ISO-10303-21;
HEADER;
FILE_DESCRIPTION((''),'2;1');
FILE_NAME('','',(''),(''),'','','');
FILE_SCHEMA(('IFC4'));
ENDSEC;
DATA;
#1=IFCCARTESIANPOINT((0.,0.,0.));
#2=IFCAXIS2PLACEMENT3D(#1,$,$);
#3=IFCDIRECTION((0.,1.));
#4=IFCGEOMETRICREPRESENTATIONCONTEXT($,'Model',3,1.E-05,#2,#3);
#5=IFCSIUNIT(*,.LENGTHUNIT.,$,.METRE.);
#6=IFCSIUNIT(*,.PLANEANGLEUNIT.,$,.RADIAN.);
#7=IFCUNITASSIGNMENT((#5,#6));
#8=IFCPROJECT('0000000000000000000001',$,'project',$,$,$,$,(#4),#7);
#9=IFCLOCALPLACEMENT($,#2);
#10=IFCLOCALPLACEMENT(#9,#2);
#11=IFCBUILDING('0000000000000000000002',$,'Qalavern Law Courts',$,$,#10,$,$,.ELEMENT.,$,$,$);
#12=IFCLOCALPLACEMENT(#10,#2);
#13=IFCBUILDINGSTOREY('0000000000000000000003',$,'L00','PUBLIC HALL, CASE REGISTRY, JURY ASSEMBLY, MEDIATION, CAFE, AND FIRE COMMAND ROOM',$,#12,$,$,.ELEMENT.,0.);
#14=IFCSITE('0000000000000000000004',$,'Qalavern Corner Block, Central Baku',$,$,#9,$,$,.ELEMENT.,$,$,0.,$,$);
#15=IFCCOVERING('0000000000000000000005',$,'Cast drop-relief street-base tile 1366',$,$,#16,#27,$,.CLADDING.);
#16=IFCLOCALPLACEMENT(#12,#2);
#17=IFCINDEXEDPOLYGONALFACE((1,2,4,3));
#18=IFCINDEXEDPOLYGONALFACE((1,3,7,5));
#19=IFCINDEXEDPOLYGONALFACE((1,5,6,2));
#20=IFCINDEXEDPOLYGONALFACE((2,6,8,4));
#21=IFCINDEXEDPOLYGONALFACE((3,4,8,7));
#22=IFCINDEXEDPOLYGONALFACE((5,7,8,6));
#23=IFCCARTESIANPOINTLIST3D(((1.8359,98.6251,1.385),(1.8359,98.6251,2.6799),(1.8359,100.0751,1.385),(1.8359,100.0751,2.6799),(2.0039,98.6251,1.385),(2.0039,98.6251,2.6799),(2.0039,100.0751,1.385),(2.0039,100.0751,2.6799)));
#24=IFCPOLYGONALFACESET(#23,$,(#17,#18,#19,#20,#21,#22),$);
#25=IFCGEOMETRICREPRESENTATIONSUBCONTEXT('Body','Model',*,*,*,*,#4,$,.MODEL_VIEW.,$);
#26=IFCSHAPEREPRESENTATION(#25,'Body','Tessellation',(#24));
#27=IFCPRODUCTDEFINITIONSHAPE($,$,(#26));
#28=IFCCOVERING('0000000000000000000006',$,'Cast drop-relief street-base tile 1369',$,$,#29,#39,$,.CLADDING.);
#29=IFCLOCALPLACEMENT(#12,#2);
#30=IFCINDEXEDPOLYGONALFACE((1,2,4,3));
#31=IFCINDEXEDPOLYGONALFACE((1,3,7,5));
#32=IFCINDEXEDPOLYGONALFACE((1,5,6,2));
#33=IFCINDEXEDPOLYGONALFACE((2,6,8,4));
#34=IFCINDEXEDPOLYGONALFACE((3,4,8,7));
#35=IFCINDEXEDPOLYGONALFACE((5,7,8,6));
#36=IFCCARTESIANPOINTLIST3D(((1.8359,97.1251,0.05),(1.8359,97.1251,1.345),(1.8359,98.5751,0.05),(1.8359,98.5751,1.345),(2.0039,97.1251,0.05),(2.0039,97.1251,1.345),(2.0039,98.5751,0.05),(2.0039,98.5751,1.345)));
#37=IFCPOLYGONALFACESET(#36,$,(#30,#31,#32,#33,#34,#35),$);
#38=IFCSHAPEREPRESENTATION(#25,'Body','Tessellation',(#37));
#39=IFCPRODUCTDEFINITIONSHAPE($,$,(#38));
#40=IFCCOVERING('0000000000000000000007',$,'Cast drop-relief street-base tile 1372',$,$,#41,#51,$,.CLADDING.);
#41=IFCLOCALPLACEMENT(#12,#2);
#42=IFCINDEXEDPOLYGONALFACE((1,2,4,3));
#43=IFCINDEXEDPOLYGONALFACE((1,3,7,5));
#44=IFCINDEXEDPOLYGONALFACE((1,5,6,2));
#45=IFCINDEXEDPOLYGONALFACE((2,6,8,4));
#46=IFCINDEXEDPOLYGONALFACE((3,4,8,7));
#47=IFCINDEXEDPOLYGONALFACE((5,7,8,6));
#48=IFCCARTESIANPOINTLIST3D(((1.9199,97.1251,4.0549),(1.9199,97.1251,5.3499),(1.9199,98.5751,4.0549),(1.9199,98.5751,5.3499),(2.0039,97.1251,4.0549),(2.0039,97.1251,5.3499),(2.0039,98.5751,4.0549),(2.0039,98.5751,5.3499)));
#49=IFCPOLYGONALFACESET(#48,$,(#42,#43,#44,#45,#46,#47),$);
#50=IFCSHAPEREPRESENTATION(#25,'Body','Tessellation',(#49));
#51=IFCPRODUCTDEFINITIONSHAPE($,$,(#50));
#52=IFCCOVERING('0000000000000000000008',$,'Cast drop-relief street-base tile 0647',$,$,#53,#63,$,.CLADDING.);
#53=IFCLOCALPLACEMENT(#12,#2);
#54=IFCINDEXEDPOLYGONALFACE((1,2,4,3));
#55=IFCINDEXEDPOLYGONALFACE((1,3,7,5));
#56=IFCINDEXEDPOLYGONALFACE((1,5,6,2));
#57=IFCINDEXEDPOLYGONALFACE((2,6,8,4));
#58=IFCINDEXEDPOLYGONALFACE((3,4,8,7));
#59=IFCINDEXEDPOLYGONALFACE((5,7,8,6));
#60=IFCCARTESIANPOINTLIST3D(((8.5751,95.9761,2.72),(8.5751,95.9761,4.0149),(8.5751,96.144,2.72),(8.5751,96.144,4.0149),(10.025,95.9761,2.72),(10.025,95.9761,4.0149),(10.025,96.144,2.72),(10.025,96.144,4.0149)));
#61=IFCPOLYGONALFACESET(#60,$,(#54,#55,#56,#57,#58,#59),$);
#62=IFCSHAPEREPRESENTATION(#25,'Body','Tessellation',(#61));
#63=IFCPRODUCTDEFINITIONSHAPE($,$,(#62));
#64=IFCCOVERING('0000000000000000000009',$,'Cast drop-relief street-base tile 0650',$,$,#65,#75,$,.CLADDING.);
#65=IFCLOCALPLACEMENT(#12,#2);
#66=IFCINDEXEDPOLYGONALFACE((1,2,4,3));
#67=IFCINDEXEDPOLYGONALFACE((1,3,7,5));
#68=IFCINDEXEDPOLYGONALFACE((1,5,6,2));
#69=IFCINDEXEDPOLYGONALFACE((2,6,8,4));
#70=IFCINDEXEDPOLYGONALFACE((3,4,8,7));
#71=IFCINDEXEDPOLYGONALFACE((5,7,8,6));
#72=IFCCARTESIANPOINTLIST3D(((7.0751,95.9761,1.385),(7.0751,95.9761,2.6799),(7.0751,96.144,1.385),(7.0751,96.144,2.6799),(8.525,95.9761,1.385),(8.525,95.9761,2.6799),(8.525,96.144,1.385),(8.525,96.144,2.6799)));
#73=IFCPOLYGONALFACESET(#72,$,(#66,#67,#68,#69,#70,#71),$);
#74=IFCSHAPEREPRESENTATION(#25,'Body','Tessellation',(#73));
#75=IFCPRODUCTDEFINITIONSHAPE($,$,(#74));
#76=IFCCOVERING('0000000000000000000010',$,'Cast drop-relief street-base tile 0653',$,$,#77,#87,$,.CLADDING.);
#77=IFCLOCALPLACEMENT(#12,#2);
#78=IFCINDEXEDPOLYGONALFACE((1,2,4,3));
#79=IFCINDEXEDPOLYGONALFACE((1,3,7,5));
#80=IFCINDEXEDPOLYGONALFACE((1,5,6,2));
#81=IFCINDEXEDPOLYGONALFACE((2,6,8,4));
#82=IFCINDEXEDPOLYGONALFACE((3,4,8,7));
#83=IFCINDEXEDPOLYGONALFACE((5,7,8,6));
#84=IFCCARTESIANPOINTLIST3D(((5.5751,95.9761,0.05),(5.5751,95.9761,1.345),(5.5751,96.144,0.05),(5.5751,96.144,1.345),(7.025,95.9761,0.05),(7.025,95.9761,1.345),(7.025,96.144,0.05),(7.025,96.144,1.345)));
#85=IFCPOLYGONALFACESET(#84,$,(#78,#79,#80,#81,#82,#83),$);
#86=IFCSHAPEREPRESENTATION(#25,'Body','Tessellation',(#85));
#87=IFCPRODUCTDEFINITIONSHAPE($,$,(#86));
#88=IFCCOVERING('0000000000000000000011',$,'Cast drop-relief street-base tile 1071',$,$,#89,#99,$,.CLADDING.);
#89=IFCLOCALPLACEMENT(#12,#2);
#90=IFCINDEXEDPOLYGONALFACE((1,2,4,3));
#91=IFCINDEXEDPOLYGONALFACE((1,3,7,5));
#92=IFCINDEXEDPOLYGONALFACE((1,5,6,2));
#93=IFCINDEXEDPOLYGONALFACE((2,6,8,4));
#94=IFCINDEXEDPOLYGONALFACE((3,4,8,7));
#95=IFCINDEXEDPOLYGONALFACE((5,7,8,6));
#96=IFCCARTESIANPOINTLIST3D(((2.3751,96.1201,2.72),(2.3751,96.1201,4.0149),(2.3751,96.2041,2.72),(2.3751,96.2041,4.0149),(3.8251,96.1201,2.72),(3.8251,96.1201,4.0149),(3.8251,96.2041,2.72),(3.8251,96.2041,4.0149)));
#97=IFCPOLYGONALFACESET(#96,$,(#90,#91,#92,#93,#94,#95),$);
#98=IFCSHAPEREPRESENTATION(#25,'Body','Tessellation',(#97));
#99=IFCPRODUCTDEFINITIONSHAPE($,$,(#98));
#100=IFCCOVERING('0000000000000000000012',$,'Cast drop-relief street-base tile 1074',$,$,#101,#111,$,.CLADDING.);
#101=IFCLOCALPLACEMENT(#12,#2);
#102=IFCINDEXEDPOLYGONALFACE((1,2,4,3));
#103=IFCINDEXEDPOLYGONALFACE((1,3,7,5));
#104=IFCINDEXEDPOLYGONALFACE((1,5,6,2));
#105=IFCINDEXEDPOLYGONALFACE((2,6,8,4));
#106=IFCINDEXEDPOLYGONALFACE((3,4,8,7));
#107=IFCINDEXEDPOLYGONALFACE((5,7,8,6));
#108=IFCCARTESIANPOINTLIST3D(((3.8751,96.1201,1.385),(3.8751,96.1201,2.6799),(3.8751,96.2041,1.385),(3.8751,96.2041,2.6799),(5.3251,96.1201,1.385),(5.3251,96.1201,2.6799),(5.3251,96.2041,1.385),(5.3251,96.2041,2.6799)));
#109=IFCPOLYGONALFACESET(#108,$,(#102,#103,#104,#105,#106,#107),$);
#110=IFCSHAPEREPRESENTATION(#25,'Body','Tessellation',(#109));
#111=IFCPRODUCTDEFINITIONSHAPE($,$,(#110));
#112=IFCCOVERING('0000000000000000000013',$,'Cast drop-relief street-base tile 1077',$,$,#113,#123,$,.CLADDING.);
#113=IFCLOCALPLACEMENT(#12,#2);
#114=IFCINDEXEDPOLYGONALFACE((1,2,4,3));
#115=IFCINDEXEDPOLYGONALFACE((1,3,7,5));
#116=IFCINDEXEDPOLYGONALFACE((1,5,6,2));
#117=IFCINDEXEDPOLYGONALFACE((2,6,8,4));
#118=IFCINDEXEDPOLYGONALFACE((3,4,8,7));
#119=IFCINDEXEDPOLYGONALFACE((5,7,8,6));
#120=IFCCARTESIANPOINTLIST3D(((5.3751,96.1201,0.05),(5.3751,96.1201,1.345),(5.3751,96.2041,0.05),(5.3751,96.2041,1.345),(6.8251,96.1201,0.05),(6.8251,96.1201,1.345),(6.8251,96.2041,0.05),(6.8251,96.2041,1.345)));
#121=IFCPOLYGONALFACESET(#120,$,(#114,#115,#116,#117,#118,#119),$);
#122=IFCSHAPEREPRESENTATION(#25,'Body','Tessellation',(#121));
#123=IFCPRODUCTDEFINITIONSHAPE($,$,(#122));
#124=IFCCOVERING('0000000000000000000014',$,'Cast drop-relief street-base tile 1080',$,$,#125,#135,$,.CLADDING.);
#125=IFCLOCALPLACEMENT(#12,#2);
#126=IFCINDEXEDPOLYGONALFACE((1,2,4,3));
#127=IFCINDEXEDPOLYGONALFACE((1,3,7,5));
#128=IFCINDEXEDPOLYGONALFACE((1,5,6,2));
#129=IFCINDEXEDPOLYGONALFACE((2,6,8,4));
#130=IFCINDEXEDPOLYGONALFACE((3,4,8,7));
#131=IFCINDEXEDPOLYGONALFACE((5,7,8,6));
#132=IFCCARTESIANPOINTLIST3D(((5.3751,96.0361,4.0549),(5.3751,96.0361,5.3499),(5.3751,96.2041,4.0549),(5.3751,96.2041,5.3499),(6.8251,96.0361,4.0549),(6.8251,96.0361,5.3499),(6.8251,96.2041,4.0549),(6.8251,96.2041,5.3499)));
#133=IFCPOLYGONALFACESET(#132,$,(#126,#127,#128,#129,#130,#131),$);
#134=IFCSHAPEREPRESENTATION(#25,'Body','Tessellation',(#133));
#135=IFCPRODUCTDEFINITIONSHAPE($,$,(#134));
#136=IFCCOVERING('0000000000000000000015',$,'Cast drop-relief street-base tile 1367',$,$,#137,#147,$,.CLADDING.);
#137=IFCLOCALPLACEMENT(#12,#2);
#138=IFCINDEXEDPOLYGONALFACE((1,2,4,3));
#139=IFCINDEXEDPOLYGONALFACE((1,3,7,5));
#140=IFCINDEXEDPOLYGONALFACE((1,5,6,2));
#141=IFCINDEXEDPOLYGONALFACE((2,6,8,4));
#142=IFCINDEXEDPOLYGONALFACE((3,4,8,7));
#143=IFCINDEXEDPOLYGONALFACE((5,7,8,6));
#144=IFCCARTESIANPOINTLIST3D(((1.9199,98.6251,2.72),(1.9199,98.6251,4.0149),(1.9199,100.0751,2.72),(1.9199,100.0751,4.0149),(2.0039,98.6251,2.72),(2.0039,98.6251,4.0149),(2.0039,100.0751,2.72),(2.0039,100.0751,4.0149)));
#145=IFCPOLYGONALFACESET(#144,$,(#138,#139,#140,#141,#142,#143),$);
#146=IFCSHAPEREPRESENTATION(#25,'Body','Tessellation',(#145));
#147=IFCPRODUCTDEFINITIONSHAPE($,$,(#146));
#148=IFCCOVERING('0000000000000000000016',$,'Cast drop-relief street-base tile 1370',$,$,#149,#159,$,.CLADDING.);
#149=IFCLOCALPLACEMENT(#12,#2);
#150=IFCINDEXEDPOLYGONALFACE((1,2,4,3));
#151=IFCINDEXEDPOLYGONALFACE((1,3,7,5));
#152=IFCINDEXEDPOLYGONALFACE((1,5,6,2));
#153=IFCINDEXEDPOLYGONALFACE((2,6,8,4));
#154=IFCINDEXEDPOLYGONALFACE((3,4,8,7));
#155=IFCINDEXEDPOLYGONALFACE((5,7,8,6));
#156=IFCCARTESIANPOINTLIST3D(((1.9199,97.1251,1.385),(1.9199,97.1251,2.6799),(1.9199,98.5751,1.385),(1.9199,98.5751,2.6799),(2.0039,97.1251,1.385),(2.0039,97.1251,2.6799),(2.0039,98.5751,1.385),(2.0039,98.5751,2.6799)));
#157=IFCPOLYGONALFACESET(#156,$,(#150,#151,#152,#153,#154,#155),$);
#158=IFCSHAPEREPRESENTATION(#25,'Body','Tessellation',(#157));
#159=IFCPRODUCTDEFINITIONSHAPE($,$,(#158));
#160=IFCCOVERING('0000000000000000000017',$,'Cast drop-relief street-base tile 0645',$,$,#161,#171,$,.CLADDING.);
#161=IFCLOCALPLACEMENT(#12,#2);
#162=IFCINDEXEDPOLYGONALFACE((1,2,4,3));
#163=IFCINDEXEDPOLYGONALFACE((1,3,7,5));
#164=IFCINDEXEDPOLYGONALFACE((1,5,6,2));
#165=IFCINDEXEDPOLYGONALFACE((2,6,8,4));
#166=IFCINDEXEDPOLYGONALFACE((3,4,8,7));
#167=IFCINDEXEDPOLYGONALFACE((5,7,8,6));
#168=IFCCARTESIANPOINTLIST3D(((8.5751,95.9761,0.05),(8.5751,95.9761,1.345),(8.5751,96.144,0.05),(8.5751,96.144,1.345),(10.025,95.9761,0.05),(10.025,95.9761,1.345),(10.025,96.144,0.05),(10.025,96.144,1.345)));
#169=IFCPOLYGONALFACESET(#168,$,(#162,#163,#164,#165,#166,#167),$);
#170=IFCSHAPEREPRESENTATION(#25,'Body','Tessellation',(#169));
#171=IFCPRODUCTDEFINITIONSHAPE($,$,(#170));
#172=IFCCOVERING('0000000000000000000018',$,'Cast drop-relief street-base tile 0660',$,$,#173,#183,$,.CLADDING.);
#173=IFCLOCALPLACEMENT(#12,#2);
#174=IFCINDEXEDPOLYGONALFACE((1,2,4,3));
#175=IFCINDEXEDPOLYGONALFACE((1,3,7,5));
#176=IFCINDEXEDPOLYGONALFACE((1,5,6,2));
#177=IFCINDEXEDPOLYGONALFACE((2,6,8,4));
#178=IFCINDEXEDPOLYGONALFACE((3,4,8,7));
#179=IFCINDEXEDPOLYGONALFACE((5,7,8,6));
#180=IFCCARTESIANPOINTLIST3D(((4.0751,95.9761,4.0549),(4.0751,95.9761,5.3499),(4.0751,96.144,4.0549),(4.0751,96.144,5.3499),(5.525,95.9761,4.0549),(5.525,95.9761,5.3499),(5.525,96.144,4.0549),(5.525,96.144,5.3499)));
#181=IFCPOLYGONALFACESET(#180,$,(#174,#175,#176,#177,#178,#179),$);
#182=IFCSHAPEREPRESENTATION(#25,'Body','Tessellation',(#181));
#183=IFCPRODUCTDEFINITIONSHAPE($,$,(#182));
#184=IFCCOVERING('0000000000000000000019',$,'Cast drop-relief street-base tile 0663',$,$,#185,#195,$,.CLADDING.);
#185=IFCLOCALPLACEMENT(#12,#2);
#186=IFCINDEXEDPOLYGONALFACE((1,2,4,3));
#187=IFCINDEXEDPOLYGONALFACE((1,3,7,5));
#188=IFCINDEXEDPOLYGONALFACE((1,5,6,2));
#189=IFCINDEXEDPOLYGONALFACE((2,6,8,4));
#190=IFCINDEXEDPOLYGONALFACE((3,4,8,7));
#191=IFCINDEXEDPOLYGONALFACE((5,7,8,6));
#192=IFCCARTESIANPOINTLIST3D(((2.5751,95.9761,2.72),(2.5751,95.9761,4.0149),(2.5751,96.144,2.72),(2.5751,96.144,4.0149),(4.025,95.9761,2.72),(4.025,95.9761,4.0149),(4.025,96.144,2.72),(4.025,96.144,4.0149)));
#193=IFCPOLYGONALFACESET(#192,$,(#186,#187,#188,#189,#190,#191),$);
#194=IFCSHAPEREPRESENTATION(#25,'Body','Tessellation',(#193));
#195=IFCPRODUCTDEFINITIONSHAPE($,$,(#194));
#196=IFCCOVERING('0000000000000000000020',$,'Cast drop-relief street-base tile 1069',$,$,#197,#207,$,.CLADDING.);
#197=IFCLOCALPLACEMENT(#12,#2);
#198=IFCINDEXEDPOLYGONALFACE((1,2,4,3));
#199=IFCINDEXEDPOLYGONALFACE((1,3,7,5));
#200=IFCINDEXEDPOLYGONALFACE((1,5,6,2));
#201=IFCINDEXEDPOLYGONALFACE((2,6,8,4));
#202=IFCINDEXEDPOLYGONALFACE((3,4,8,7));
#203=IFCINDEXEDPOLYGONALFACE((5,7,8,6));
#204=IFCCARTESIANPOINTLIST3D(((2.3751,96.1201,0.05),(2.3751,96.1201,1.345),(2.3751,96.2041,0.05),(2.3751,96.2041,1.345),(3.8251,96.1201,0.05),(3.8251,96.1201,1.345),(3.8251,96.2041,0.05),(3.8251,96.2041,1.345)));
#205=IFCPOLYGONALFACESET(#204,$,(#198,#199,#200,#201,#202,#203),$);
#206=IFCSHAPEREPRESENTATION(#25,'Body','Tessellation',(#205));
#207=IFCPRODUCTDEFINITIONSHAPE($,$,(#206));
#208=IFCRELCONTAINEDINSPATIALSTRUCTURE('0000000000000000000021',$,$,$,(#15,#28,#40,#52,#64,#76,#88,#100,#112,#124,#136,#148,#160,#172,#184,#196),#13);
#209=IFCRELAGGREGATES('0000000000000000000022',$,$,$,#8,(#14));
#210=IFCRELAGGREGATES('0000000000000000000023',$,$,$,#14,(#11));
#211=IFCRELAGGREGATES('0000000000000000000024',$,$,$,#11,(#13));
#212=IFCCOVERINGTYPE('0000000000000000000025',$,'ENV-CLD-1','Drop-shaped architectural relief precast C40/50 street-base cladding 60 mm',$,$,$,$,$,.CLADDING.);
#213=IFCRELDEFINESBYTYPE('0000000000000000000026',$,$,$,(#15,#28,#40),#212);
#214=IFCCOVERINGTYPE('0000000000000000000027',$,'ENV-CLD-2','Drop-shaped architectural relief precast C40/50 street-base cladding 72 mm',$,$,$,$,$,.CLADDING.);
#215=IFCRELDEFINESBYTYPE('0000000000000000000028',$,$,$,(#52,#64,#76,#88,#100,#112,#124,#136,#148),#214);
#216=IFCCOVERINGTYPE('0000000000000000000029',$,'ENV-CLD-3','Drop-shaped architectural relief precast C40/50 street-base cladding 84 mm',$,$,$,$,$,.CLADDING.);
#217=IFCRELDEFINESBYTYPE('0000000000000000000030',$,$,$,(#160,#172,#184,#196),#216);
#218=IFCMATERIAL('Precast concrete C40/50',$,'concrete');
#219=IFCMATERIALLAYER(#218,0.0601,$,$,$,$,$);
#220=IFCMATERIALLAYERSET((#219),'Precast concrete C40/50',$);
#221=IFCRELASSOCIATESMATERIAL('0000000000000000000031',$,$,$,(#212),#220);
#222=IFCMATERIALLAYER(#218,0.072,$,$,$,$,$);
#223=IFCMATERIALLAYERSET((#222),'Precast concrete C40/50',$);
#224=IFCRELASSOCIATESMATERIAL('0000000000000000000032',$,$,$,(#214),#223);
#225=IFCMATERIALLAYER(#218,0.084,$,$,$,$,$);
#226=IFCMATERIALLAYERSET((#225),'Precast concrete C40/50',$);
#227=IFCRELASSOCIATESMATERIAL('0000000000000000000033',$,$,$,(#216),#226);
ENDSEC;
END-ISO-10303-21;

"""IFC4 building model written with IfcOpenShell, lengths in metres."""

from ifc_helpers import new_model, si_unit, direction, frame, origin, origin_2d, place, context, subcontext, project, spatial, rectangle, extrude, material, layer, layer_set, type_object, element, save


model = new_model("IFC4")

# Units and contexts
model_context = context("Model", 3, precision=1e-05, world=origin(), true_north=direction((0.0, 1.0)))
body_context = subcontext(model_context, "Body", "Model", "MODEL_VIEW")
ifc_project = project(units=[si_unit("LENGTHUNIT", "METRE"), si_unit("PLANEANGLEUNIT", "RADIAN")], contexts=[model_context])

# Site, building, storey
site_placement = place(None, origin())
site = spatial("IfcSite", under=ifc_project, at=site_placement, Name="Qalavern Corner Block, Central Baku", CompositionType="ELEMENT", RefElevation=0.0)
building_placement = place(site_placement, origin())
building = spatial("IfcBuilding", under=site, at=building_placement, Name="Qalavern Law Courts", CompositionType="ELEMENT")
storey_placement = place(building_placement, origin())
storey = spatial("IfcBuildingStorey", under=building, at=storey_placement, Name="L00", Description="PUBLIC HALL, CASE REGISTRY, JURY ASSEMBLY, MEDIATION, CAFE, AND FIRE COMMAND ROOM", CompositionType="ELEMENT", Elevation=0.0)

# Coverings
ifc_material_1 = material(Name="Precast concrete C40/50", Category="concrete")
ifc_layer_1 = layer(ifc_material_1, 0.0601)
ifc_layer_set_1 = layer_set([ifc_layer_1], Name="Precast concrete C40/50")
covering_type_1 = type_object("IfcCoveringType", Name="ENV-CLD-1", Description="Drop-shaped architectural relief precast C40/50 street-base cladding 60 mm", PredefinedType="CLADDING", material=ifc_layer_set_1)
for number, where, z_axis, x_axis, name in (
    (1, (1.9199, 99.3501, 1.385), (0.0, 0.0, 1.0), (0.0, -1.0, 0.0), "Cast drop-relief street-base tile 1366"),
    (2, (1.9199, 97.8501, 0.05), (0.0, 0.0, 1.0), (0.0, -1.0, 0.0), "Cast drop-relief street-base tile 1369"),
):
    element("IfcCovering", number, at=place(storey_placement, frame(where, z_axis=z_axis, x_axis=x_axis)), inside=storey, type_object=covering_type_1, Name=name, PredefinedType="CLADDING", context=body_context, shape_type="SweptSolid", body=[
        extrude(rectangle(XDim=1.45, YDim=0.168, at=origin_2d()), origin(), (0.0, 0.0, 1.0), 1.2949),
    ])
covering_1_placement = place(storey_placement, frame((1.9619, 97.8501, 4.0549), z_axis=(0.0, 0.0, 1.0), x_axis=(0.0, -1.0, 0.0)))
element("IfcCovering", 3, at=covering_1_placement, inside=storey, type_object=covering_type_1, Name="Cast drop-relief street-base tile 1372", PredefinedType="CLADDING", context=body_context, shape_type="SweptSolid", body=[
    extrude(rectangle(XDim=1.45, YDim=0.084, at=origin_2d()), origin(), (0.0, 0.0, 1.0), 1.2949),
])
ifc_layer_2 = layer(ifc_material_1, 0.072)
ifc_layer_set_2 = layer_set([ifc_layer_2], Name="Precast concrete C40/50")
covering_type_2 = type_object("IfcCoveringType", Name="ENV-CLD-2", Description="Drop-shaped architectural relief precast C40/50 street-base cladding 72 mm", PredefinedType="CLADDING", material=ifc_layer_set_2)
for number, where, z_axis, x_axis, name in (
    (4, (9.3, 96.0601, 2.72), (0.0, 0.0, 1.0), (-1.0, 0.0, 0.0), "Cast drop-relief street-base tile 0647"),
    (5, (7.8, 96.0601, 1.385), (0.0, 0.0, 1.0), (-1.0, 0.0, 0.0), "Cast drop-relief street-base tile 0650"),
    (6, (6.3, 96.0601, 0.05), (0.0, 0.0, 1.0), (-1.0, 0.0, 0.0), "Cast drop-relief street-base tile 0653"),
):
    element("IfcCovering", number, at=place(storey_placement, frame(where, z_axis=z_axis, x_axis=x_axis)), inside=storey, type_object=covering_type_2, Name=name, PredefinedType="CLADDING", context=body_context, shape_type="SweptSolid", body=[
        extrude(rectangle(XDim=1.45, YDim=0.168, at=origin_2d()), origin(), (0.0, 0.0, 1.0), 1.2949),
    ])
for number, where, z_axis, x_axis, name in (
    (7, (3.1001, 96.1621, 2.72), (0.0, 0.0, 1.0), (1.0, 0.0, 0.0), "Cast drop-relief street-base tile 1071"),
    (8, (4.6001, 96.1621, 1.385), (0.0, 0.0, 1.0), (1.0, 0.0, 0.0), "Cast drop-relief street-base tile 1074"),
    (9, (6.1001, 96.1621, 0.05), (0.0, 0.0, 1.0), (1.0, 0.0, 0.0), "Cast drop-relief street-base tile 1077"),
):
    element("IfcCovering", number, at=place(storey_placement, frame(where, z_axis=z_axis, x_axis=x_axis)), inside=storey, type_object=covering_type_2, Name=name, PredefinedType="CLADDING", context=body_context, shape_type="SweptSolid", body=[
        extrude(rectangle(XDim=1.45, YDim=0.084, at=origin_2d()), origin(), (0.0, 0.0, 1.0), 1.2949),
    ])
covering_2_placement = place(storey_placement, frame((6.1001, 96.1201, 4.0549), z_axis=(0.0, 0.0, 1.0), x_axis=(1.0, 0.0, 0.0)))
element("IfcCovering", 10, at=covering_2_placement, inside=storey, type_object=covering_type_2, Name="Cast drop-relief street-base tile 1080", PredefinedType="CLADDING", context=body_context, shape_type="SweptSolid", body=[
    extrude(rectangle(XDim=1.45, YDim=0.168, at=origin_2d()), origin(), (0.0, 0.0, 1.0), 1.2949),
])
for number, where, z_axis, x_axis, name in (
    (11, (1.9619, 99.3501, 2.72), (0.0, 0.0, 1.0), (0.0, -1.0, 0.0), "Cast drop-relief street-base tile 1367"),
    (12, (1.9619, 97.8501, 1.385), (0.0, 0.0, 1.0), (0.0, -1.0, 0.0), "Cast drop-relief street-base tile 1370"),
):
    element("IfcCovering", number, at=place(storey_placement, frame(where, z_axis=z_axis, x_axis=x_axis)), inside=storey, type_object=covering_type_2, Name=name, PredefinedType="CLADDING", context=body_context, shape_type="SweptSolid", body=[
        extrude(rectangle(XDim=1.45, YDim=0.084, at=origin_2d()), origin(), (0.0, 0.0, 1.0), 1.2949),
    ])
ifc_layer_3 = layer(ifc_material_1, 0.084)
ifc_layer_set_3 = layer_set([ifc_layer_3], Name="Precast concrete C40/50")
covering_type_3 = type_object("IfcCoveringType", Name="ENV-CLD-3", Description="Drop-shaped architectural relief precast C40/50 street-base cladding 84 mm", PredefinedType="CLADDING", material=ifc_layer_set_3)
for number, where, z_axis, x_axis, name in (
    (13, (9.3, 96.0601, 0.05), (0.0, 0.0, 1.0), (-1.0, 0.0, 0.0), "Cast drop-relief street-base tile 0645"),
    (14, (4.8, 96.0601, 4.0549), (0.0, 0.0, 1.0), (-1.0, 0.0, 0.0), "Cast drop-relief street-base tile 0660"),
    (15, (3.3, 96.0601, 2.72), (0.0, 0.0, 1.0), (-1.0, 0.0, 0.0), "Cast drop-relief street-base tile 0663"),
):
    element("IfcCovering", number, at=place(storey_placement, frame(where, z_axis=z_axis, x_axis=x_axis)), inside=storey, type_object=covering_type_3, Name=name, PredefinedType="CLADDING", context=body_context, shape_type="SweptSolid", body=[
        extrude(rectangle(XDim=1.45, YDim=0.168, at=origin_2d()), origin(), (0.0, 0.0, 1.0), 1.2949),
    ])
covering_3_placement = place(storey_placement, frame((3.1001, 96.1621, 0.05), z_axis=(0.0, 0.0, 1.0), x_axis=(1.0, 0.0, 0.0)))
element("IfcCovering", 16, at=covering_3_placement, inside=storey, type_object=covering_type_3, Name="Cast drop-relief street-base tile 1069", PredefinedType="CLADDING", context=body_context, shape_type="SweptSolid", body=[
    extrude(rectangle(XDim=1.45, YDim=0.084, at=origin_2d()), origin(), (0.0, 0.0, 1.0), 1.2949),
])

save(model, "model.ifc")
